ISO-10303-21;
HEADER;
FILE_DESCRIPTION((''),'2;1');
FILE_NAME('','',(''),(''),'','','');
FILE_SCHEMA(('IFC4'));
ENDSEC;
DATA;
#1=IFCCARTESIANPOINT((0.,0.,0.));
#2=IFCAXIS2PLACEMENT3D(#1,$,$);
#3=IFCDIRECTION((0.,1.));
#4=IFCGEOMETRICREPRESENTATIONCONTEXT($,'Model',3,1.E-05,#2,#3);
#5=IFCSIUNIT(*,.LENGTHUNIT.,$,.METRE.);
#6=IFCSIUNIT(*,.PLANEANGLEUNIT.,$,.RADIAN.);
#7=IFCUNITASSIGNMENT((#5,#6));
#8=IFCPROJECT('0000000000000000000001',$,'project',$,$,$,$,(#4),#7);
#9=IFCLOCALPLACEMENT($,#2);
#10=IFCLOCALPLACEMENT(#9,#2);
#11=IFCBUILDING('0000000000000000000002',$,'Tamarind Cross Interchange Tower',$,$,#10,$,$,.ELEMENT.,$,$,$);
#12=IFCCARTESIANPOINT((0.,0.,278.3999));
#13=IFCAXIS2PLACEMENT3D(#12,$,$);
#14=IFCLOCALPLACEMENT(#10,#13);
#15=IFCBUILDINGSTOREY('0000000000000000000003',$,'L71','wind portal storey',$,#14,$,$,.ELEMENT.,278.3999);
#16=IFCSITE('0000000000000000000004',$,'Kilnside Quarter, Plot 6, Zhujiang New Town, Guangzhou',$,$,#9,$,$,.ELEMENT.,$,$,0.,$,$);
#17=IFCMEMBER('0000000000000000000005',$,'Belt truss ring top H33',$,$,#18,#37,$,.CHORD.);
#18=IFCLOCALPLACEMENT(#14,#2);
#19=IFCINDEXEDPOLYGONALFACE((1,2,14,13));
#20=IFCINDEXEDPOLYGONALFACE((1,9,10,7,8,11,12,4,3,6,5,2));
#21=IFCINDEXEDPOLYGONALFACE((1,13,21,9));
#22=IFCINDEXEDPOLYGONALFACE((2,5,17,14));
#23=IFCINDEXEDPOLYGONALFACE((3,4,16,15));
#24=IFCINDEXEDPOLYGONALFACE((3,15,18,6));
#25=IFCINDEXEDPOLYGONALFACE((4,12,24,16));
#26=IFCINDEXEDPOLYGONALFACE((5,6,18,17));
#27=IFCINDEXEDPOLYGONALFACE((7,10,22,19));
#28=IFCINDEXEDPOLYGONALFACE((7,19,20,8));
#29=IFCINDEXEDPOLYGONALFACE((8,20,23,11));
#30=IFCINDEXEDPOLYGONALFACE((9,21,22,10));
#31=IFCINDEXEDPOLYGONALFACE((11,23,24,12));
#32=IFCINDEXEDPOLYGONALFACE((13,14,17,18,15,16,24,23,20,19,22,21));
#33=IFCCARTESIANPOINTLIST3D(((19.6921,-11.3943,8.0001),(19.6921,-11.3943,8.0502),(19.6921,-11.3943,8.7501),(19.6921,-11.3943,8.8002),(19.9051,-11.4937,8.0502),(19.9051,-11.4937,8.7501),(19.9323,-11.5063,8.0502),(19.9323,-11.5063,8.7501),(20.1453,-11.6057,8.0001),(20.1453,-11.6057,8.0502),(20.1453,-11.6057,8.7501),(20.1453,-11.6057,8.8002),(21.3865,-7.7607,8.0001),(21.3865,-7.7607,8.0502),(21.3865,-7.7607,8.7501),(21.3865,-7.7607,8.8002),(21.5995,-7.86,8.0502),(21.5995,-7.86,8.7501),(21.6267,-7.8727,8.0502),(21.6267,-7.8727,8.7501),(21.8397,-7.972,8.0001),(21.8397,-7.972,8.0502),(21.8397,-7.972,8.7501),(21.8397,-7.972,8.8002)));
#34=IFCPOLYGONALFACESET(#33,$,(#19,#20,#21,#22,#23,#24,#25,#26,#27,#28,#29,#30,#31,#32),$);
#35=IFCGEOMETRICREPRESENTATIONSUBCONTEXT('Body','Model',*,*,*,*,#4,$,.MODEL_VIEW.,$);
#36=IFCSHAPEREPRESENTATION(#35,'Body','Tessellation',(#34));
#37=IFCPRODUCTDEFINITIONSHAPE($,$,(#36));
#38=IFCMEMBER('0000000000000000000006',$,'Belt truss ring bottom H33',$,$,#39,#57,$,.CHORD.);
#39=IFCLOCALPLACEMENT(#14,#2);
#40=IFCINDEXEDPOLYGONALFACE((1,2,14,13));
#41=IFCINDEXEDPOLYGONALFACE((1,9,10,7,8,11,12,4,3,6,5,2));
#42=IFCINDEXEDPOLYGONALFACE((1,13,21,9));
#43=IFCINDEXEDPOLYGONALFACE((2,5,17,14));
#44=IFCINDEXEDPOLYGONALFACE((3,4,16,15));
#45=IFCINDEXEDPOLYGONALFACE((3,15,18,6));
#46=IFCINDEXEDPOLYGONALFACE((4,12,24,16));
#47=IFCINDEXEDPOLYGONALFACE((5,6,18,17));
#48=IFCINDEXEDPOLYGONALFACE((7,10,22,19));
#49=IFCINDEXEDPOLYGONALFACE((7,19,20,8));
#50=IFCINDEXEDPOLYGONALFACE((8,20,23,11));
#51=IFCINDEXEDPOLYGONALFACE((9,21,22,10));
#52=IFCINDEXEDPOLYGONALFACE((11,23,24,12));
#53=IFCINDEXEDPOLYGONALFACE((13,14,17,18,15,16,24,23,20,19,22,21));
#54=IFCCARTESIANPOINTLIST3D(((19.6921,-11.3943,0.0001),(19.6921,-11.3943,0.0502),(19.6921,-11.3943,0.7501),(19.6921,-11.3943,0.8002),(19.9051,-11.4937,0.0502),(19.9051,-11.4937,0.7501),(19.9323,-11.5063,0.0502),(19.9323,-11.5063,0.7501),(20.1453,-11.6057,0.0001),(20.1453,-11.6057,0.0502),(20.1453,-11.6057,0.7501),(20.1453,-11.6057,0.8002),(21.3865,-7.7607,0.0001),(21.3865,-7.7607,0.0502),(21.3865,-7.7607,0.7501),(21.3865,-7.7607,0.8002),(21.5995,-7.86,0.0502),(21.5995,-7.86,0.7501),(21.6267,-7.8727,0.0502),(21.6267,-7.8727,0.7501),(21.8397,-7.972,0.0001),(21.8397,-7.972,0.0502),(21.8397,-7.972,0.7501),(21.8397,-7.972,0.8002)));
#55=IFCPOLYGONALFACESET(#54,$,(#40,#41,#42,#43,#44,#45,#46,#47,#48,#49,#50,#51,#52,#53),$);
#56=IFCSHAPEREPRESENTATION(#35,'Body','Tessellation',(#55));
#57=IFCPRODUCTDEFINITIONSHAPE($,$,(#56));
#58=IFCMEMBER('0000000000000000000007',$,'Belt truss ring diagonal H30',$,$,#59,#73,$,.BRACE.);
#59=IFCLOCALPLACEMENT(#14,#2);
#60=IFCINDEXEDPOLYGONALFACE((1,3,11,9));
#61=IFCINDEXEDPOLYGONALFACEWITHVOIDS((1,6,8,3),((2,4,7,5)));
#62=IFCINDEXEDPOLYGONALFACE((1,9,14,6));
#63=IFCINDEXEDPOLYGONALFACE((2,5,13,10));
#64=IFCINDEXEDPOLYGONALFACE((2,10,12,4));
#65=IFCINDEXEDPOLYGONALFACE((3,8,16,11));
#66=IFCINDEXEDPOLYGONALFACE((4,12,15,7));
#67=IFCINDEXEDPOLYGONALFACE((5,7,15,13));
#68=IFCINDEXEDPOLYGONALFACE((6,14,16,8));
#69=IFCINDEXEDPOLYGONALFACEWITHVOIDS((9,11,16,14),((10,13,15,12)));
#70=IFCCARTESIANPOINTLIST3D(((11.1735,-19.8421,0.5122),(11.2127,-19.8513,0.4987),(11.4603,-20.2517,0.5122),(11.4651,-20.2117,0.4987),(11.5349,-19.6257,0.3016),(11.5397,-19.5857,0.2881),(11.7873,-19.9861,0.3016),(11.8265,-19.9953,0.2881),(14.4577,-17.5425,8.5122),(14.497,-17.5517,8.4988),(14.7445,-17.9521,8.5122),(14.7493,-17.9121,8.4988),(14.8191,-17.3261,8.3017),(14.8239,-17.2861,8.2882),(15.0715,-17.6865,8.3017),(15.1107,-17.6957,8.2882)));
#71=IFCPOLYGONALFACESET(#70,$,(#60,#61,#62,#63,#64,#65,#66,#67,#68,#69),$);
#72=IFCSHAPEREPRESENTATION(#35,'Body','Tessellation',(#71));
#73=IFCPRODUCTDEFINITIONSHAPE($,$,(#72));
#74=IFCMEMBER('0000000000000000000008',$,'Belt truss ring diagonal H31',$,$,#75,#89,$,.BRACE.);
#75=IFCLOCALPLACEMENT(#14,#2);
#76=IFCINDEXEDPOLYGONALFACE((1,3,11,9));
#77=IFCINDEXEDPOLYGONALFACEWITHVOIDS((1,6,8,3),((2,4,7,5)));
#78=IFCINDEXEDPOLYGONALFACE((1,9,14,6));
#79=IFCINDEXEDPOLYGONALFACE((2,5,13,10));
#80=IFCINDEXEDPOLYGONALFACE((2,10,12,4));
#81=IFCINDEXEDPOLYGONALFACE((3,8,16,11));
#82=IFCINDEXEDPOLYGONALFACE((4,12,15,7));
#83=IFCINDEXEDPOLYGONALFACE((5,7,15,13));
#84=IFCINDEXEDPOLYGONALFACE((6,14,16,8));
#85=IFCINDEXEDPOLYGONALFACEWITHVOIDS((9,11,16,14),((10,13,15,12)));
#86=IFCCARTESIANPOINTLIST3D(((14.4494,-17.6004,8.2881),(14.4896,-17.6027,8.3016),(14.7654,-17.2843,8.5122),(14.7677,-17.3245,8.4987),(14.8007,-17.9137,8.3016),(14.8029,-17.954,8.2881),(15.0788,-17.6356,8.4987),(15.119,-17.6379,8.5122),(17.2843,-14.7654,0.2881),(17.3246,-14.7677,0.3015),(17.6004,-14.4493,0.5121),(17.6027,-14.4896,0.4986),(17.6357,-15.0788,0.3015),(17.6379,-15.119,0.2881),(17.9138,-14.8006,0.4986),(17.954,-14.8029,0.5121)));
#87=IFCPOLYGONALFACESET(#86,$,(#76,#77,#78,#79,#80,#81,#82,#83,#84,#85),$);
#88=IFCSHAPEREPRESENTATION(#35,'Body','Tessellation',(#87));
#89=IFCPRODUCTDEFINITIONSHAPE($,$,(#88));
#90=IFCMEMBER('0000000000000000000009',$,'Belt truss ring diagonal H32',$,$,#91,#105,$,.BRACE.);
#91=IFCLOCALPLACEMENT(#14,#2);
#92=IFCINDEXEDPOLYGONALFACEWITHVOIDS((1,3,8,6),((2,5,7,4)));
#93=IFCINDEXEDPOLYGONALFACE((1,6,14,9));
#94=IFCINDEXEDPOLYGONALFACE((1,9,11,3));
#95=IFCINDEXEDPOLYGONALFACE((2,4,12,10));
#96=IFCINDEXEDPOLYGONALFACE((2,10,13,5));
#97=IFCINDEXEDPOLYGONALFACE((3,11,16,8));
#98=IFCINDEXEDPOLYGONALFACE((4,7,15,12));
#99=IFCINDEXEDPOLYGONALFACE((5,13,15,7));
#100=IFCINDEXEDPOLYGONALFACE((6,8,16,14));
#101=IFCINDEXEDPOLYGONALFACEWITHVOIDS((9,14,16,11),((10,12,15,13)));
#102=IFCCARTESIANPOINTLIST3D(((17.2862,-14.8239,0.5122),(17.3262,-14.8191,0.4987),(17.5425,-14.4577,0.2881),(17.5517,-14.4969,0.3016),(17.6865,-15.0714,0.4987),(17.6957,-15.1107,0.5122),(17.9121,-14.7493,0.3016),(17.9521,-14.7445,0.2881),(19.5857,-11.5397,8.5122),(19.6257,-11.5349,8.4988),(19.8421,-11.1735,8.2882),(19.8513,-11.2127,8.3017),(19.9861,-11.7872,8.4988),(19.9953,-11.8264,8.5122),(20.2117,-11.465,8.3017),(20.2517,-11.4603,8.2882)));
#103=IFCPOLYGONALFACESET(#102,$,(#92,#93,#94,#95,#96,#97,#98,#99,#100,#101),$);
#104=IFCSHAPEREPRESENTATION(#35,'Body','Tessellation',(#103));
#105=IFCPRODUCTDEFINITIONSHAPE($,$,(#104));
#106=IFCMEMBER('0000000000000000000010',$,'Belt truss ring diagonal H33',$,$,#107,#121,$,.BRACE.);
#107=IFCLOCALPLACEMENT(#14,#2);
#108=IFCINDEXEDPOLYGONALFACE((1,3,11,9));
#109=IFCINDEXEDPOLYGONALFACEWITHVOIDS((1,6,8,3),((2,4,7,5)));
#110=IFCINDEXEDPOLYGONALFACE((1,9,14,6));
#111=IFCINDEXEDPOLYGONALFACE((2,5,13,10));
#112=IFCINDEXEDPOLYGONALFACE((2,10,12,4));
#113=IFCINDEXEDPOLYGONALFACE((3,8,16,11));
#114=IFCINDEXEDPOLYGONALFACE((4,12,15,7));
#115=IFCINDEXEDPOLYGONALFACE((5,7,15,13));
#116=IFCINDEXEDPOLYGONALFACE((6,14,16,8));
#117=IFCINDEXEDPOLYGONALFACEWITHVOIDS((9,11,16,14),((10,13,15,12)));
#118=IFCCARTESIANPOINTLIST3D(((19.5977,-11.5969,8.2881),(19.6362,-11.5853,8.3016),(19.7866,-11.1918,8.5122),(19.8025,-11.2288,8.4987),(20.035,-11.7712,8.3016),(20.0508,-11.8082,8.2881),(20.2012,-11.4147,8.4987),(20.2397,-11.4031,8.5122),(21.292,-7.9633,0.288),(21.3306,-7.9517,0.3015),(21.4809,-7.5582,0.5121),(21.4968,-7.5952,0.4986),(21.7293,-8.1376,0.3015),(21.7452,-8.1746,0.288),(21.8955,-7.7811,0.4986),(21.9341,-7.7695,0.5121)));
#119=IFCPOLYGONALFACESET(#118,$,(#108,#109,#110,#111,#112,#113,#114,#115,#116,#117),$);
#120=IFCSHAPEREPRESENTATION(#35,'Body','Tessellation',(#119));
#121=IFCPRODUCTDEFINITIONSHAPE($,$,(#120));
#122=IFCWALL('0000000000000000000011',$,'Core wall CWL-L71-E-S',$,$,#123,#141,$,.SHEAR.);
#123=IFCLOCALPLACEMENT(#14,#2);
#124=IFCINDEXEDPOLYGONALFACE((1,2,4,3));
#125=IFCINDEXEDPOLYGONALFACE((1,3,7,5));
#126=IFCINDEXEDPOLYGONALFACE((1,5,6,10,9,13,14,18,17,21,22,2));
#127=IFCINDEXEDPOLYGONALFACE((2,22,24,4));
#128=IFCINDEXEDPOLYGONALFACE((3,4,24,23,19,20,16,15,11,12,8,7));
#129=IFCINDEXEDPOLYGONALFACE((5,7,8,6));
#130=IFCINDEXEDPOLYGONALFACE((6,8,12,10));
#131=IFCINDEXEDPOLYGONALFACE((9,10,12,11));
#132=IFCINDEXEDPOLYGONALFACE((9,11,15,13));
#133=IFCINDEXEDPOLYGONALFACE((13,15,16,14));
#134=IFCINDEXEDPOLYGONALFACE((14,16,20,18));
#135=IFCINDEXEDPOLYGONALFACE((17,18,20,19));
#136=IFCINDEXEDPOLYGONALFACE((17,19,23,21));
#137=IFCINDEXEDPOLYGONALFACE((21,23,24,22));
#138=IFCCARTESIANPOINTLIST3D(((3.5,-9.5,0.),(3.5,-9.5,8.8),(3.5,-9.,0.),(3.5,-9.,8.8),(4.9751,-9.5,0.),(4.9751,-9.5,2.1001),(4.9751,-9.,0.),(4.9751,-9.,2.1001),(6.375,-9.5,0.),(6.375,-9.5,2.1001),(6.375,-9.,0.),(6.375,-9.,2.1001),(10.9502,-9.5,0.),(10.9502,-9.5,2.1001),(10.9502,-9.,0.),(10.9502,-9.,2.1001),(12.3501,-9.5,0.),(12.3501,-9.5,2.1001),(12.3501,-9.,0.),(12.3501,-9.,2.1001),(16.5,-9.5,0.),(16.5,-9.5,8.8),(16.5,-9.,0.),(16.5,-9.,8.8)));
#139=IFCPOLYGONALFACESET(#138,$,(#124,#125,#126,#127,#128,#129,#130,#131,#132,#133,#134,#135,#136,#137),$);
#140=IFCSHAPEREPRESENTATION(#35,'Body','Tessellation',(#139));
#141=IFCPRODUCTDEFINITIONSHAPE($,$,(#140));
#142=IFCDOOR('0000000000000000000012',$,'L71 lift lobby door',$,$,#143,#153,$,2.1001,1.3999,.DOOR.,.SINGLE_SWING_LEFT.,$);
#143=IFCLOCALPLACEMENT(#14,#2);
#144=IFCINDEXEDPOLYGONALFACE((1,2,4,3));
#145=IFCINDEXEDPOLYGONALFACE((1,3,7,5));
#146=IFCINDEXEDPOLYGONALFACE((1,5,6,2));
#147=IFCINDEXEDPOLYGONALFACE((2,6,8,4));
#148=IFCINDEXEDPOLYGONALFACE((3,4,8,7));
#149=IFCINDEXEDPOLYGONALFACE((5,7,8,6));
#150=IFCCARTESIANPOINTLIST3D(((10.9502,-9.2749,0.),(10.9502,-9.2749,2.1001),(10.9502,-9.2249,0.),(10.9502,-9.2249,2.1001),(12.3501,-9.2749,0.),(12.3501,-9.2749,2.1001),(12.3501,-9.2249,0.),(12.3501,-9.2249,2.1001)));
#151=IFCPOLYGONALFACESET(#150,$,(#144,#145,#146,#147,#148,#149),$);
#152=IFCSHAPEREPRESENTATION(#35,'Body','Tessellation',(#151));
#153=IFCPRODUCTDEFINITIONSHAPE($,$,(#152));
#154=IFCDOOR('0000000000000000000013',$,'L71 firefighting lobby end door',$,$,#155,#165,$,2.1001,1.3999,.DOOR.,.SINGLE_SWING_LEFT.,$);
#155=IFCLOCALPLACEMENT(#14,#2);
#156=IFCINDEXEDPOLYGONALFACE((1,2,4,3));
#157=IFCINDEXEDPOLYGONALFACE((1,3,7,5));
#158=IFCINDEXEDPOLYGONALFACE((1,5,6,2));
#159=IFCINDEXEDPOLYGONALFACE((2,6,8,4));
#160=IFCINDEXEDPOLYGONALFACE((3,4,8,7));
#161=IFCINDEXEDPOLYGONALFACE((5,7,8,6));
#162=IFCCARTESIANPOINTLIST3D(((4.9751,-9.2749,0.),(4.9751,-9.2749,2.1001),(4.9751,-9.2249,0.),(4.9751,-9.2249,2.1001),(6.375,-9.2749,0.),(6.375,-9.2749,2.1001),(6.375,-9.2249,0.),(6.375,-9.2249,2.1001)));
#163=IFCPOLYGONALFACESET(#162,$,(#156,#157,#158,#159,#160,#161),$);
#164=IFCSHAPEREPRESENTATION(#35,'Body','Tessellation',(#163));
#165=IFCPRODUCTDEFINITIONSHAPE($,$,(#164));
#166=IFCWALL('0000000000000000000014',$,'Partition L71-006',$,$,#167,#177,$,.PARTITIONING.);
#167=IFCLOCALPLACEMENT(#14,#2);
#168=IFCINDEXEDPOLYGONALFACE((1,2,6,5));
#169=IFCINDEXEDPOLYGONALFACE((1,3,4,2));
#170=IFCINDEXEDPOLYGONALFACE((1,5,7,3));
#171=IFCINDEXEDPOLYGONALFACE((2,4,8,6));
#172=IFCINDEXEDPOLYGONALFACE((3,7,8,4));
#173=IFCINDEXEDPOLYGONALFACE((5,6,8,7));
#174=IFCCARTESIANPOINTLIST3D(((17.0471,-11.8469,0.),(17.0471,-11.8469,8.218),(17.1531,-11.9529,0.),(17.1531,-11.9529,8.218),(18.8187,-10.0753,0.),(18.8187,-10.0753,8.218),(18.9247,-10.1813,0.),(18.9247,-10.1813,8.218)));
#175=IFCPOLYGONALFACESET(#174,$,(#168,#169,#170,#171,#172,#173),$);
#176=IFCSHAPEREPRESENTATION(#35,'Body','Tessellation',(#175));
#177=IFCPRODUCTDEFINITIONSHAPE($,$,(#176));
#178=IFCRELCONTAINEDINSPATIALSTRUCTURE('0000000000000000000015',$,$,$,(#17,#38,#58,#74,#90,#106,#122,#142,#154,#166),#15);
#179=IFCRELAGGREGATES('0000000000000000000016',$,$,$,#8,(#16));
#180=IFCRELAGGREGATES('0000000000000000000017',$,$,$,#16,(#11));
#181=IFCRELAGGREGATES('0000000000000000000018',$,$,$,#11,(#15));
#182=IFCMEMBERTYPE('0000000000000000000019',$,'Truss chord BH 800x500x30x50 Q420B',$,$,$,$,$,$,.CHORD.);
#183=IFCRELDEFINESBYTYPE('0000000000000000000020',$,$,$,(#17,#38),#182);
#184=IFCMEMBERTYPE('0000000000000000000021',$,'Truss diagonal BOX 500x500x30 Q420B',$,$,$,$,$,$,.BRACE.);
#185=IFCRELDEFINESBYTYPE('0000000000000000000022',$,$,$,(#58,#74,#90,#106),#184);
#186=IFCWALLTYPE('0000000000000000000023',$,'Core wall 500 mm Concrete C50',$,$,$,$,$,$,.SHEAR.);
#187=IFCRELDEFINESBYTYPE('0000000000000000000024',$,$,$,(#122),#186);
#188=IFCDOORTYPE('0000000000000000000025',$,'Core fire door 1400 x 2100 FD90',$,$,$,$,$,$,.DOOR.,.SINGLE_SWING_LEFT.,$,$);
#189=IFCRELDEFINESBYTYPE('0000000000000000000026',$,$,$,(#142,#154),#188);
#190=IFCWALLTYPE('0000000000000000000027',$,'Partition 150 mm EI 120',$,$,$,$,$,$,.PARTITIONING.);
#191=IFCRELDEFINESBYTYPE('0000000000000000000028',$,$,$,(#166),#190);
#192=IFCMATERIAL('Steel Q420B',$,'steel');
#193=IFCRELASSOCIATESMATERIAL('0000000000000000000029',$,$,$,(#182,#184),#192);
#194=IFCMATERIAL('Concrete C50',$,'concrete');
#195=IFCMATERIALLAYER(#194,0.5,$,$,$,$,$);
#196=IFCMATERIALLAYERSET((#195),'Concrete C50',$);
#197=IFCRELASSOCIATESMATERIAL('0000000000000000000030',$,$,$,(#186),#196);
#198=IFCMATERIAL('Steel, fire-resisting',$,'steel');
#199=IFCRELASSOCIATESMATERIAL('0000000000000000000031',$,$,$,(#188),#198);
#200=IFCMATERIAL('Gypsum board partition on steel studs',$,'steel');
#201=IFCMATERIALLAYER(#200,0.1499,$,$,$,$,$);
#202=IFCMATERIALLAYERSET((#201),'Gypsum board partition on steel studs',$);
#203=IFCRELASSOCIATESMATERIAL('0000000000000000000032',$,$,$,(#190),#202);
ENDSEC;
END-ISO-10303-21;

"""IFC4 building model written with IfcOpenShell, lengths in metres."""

from ifc_helpers import new_model, si_unit, direction, frame, frame_2d, origin, origin_2d, place, context, subcontext, project, spatial, rectangle, hollow_rectangle, i_section, extrude, material, layer, layer_set, material_profile, profile_set, type_object, element, fill, save


model = new_model("IFC4")

# Units and contexts
model_context = context("Model", 3, precision=1e-05, world=origin(), true_north=direction((0.0, 1.0)))
body_context = subcontext(model_context, "Body", "Model", "MODEL_VIEW")
ifc_project = project(units=[si_unit("LENGTHUNIT", "METRE"), si_unit("PLANEANGLEUNIT", "RADIAN")], contexts=[model_context])

# Site, building, storey
site_placement = place(None, origin())
site = spatial("IfcSite", under=ifc_project, at=site_placement, Name="Kilnside Quarter, Plot 6, Zhujiang New Town, Guangzhou", CompositionType="ELEMENT", RefElevation=0.0)
building_placement = place(site_placement, origin())
building = spatial("IfcBuilding", under=site, at=building_placement, Name="Tamarind Cross Interchange Tower", CompositionType="ELEMENT")
storey_placement = place(building_placement, frame((0.0, 0.0, 278.3999)))
storey = spatial("IfcBuildingStorey", under=building, at=storey_placement, Name="L71", Description="wind portal storey", CompositionType="ELEMENT", Elevation=278.3999)

# Members
ifc_material_1 = material(Name="Steel Q420B", Category="steel")
ifc_material_profile_1 = material_profile(ifc_material_1, i_section(OverallWidth=0.5, OverallDepth=0.8, WebThickness=0.03, FlangeThickness=0.05, at=origin_2d()), Name="BH 800x500x30x50")
ifc_profile_set_1 = profile_set([ifc_material_profile_1], Name="Steel Q420B")
member_type_1 = type_object("IfcMemberType", Name="Truss chord BH 800x500x30x50 Q420B", PredefinedType="CHORD", material=ifc_profile_set_1)
for number, where, z_axis, x_axis, name in (
    (1, (19.9187, -11.5, 8.4001), (0.422615, 0.906309, 0.0), (-0.906309, 0.422615, 0.0), "Belt truss ring top H33"),
    (2, (19.9187, -11.5, 0.4001), (0.422615, 0.906309, 0.0), (-0.906309, 0.422615, 0.0), "Belt truss ring bottom H33"),
):
    element("IfcMember", number, at=place(storey_placement, frame(where, z_axis=z_axis, x_axis=x_axis)), inside=storey, type_object=member_type_1, Name=name, PredefinedType="CHORD", context=body_context, shape_type="SweptSolid", body=[
        extrude(i_section(OverallWidth=0.5, OverallDepth=0.8, WebThickness=0.03, FlangeThickness=0.05, at=origin_2d()), origin(), (0.0, 0.0, 1.0), 4.0093),
    ])
ifc_material_profile_2 = material_profile(ifc_material_1, hollow_rectangle(XDim=0.5, YDim=0.5, WallThickness=0.03, at=origin_2d()), Name="BOX 500x500x30")
ifc_profile_set_2 = profile_set([ifc_material_profile_2], Name="Steel Q420B")
member_type_2 = type_object("IfcMemberType", Name="Truss diagonal BOX 500x500x30 Q420B", PredefinedType="BRACE", material=ifc_profile_set_2)
for number, where, z_axis, x_axis, name in (
    (3, (11.5, -19.9187, 0.4001), (0.367013, 0.25698, 0.894015), (-0.573569, 0.819158, 0.0), "Belt truss ring diagonal H30"),
    (4, (14.7842, -17.6191, 8.4001), (0.316812, 0.316812, -0.894014), (-0.707107, 0.707107, 0.0), "Belt truss ring diagonal H31"),
    (5, (17.6191, -14.7842, 0.4001), (0.25698, 0.367013, 0.894015), (-0.819158, 0.573569, 0.0), "Belt truss ring diagonal H32"),
    (6, (19.9187, -11.5, 8.4001), (0.189346, 0.406056, -0.894017), (-0.906309, 0.422615, 0.0), "Belt truss ring diagonal H33"),
):
    element("IfcMember", number, at=place(storey_placement, frame(where, z_axis=z_axis, x_axis=x_axis)), inside=storey, type_object=member_type_2, Name=name, PredefinedType="BRACE", context=body_context, shape_type="SweptSolid", body=[
        extrude(hollow_rectangle(XDim=0.5, YDim=0.5, WallThickness=0.03, at=origin_2d()), origin(), (0.0, 0.0, 1.0), 8.9485),
    ])

# Wall, openings, doors
ifc_material_2 = material(Name="Concrete C50", Category="concrete")
ifc_layer_1 = layer(ifc_material_2, 0.5)
ifc_layer_set_1 = layer_set([ifc_layer_1], Name="Concrete C50")
wall_type_1 = type_object("IfcWallType", Name="Core wall 500 mm Concrete C50", PredefinedType="SHEAR", material=ifc_layer_set_1)
wall_1_placement = place(storey_placement, frame((16.5, -9.25, 0.0), z_axis=(0.0, 0.0, 1.0), x_axis=(-1.0, 0.0, 0.0)))
wall_1 = element("IfcWall", 7, at=wall_1_placement, inside=storey, type_object=wall_type_1, Name="Core wall CWL-L71-E-S", PredefinedType="SHEAR", context=body_context, shape_type="SweptSolid", body=[
    extrude(rectangle(XDim=13.0, YDim=0.5, at=frame_2d((6.5, 0.0))), origin(), (0.0, 0.0, 1.0), 8.8),
])
opening_1_placement = place(wall_1_placement, frame((4.1499, 0.0, 0.0)))
opening_1 = element("IfcOpeningElement", 8, at=opening_1_placement, cuts=wall_1, PredefinedType="OPENING", context=body_context, shape_type="SweptSolid", body=[
    extrude(rectangle(XDim=1.3999, YDim=2.1001, at=frame_2d((0.7, 1.05))), frame((0.0, 0.26, 0.0), z_axis=(0.0, -1.0, 0.0), x_axis=(1.0, 0.0, 0.0)), (0.0, 0.0, 1.0), 0.52),
])
opening_2_placement = place(wall_1_placement, frame((10.125, 0.0, 0.0)))
opening_2 = element("IfcOpeningElement", 9, at=opening_2_placement, cuts=wall_1, PredefinedType="OPENING", context=body_context, shape_type="SweptSolid", body=[
    extrude(rectangle(XDim=1.3999, YDim=2.1001, at=frame_2d((0.7, 1.05))), frame((0.0, 0.26, 0.0), z_axis=(0.0, -1.0, 0.0), x_axis=(1.0, 0.0, 0.0)), (0.0, 0.0, 1.0), 0.52),
])
ifc_material_3 = material(Name="Steel, fire-resisting", Category="steel")
door_type_1 = type_object("IfcDoorType", Name="Core fire door 1400 x 2100 FD90", OperationType="SINGLE_SWING_LEFT", PredefinedType="DOOR", material=ifc_material_3)
door_1_placement = place(opening_1_placement, origin())
door_1 = element("IfcDoor", 10, at=door_1_placement, inside=storey, type_object=door_type_1, Name="L71 lift lobby door", OperationType="SINGLE_SWING_LEFT", OverallHeight=2.1001, OverallWidth=1.3999, PredefinedType="DOOR", context=body_context, shape_type="SweptSolid", body=[
    extrude(rectangle(XDim=1.3999, YDim=2.1001, at=frame_2d((0.7, 1.05))), frame((0.0, 0.0249, 0.0), z_axis=(0.0, -1.0, 0.0), x_axis=(1.0, 0.0, 0.0)), (0.0, 0.0, 1.0), 0.05),
])
fill(opening_1, door_1)
door_2_placement = place(opening_2_placement, origin())
door_2 = element("IfcDoor", 11, at=door_2_placement, inside=storey, type_object=door_type_1, Name="L71 firefighting lobby end door", OperationType="SINGLE_SWING_LEFT", OverallHeight=2.1001, OverallWidth=1.3999, PredefinedType="DOOR", context=body_context, shape_type="SweptSolid", body=[
    extrude(rectangle(XDim=1.3999, YDim=2.1001, at=frame_2d((0.7, 1.05))), frame((0.0, 0.0249, 0.0), z_axis=(0.0, -1.0, 0.0), x_axis=(1.0, 0.0, 0.0)), (0.0, 0.0, 1.0), 0.05),
])
fill(opening_2, door_2)

# Wall
ifc_material_4 = material(Name="Gypsum board partition on steel studs", Category="steel")
ifc_layer_2 = layer(ifc_material_4, 0.1499)
ifc_layer_set_2 = layer_set([ifc_layer_2], Name="Gypsum board partition on steel studs")
wall_type_2 = type_object("IfcWallType", Name="Partition 150 mm EI 120", PredefinedType="PARTITIONING", material=ifc_layer_set_2)
wall_2_placement = place(storey_placement, frame((17.1001, -11.8999, 0.0), z_axis=(0.0, 0.0, 1.0), x_axis=(0.707107, 0.707107, 0.0)))
element("IfcWall", 12, at=wall_2_placement, inside=storey, type_object=wall_type_2, Name="Partition L71-006", PredefinedType="PARTITIONING", context=body_context, shape_type="SweptSolid", body=[
    extrude(rectangle(XDim=2.5054, YDim=0.1499, at=frame_2d((1.2527, 0.0))), origin(), (0.0, 0.0, 1.0), 8.218),
])

save(model, "model.ifc")
